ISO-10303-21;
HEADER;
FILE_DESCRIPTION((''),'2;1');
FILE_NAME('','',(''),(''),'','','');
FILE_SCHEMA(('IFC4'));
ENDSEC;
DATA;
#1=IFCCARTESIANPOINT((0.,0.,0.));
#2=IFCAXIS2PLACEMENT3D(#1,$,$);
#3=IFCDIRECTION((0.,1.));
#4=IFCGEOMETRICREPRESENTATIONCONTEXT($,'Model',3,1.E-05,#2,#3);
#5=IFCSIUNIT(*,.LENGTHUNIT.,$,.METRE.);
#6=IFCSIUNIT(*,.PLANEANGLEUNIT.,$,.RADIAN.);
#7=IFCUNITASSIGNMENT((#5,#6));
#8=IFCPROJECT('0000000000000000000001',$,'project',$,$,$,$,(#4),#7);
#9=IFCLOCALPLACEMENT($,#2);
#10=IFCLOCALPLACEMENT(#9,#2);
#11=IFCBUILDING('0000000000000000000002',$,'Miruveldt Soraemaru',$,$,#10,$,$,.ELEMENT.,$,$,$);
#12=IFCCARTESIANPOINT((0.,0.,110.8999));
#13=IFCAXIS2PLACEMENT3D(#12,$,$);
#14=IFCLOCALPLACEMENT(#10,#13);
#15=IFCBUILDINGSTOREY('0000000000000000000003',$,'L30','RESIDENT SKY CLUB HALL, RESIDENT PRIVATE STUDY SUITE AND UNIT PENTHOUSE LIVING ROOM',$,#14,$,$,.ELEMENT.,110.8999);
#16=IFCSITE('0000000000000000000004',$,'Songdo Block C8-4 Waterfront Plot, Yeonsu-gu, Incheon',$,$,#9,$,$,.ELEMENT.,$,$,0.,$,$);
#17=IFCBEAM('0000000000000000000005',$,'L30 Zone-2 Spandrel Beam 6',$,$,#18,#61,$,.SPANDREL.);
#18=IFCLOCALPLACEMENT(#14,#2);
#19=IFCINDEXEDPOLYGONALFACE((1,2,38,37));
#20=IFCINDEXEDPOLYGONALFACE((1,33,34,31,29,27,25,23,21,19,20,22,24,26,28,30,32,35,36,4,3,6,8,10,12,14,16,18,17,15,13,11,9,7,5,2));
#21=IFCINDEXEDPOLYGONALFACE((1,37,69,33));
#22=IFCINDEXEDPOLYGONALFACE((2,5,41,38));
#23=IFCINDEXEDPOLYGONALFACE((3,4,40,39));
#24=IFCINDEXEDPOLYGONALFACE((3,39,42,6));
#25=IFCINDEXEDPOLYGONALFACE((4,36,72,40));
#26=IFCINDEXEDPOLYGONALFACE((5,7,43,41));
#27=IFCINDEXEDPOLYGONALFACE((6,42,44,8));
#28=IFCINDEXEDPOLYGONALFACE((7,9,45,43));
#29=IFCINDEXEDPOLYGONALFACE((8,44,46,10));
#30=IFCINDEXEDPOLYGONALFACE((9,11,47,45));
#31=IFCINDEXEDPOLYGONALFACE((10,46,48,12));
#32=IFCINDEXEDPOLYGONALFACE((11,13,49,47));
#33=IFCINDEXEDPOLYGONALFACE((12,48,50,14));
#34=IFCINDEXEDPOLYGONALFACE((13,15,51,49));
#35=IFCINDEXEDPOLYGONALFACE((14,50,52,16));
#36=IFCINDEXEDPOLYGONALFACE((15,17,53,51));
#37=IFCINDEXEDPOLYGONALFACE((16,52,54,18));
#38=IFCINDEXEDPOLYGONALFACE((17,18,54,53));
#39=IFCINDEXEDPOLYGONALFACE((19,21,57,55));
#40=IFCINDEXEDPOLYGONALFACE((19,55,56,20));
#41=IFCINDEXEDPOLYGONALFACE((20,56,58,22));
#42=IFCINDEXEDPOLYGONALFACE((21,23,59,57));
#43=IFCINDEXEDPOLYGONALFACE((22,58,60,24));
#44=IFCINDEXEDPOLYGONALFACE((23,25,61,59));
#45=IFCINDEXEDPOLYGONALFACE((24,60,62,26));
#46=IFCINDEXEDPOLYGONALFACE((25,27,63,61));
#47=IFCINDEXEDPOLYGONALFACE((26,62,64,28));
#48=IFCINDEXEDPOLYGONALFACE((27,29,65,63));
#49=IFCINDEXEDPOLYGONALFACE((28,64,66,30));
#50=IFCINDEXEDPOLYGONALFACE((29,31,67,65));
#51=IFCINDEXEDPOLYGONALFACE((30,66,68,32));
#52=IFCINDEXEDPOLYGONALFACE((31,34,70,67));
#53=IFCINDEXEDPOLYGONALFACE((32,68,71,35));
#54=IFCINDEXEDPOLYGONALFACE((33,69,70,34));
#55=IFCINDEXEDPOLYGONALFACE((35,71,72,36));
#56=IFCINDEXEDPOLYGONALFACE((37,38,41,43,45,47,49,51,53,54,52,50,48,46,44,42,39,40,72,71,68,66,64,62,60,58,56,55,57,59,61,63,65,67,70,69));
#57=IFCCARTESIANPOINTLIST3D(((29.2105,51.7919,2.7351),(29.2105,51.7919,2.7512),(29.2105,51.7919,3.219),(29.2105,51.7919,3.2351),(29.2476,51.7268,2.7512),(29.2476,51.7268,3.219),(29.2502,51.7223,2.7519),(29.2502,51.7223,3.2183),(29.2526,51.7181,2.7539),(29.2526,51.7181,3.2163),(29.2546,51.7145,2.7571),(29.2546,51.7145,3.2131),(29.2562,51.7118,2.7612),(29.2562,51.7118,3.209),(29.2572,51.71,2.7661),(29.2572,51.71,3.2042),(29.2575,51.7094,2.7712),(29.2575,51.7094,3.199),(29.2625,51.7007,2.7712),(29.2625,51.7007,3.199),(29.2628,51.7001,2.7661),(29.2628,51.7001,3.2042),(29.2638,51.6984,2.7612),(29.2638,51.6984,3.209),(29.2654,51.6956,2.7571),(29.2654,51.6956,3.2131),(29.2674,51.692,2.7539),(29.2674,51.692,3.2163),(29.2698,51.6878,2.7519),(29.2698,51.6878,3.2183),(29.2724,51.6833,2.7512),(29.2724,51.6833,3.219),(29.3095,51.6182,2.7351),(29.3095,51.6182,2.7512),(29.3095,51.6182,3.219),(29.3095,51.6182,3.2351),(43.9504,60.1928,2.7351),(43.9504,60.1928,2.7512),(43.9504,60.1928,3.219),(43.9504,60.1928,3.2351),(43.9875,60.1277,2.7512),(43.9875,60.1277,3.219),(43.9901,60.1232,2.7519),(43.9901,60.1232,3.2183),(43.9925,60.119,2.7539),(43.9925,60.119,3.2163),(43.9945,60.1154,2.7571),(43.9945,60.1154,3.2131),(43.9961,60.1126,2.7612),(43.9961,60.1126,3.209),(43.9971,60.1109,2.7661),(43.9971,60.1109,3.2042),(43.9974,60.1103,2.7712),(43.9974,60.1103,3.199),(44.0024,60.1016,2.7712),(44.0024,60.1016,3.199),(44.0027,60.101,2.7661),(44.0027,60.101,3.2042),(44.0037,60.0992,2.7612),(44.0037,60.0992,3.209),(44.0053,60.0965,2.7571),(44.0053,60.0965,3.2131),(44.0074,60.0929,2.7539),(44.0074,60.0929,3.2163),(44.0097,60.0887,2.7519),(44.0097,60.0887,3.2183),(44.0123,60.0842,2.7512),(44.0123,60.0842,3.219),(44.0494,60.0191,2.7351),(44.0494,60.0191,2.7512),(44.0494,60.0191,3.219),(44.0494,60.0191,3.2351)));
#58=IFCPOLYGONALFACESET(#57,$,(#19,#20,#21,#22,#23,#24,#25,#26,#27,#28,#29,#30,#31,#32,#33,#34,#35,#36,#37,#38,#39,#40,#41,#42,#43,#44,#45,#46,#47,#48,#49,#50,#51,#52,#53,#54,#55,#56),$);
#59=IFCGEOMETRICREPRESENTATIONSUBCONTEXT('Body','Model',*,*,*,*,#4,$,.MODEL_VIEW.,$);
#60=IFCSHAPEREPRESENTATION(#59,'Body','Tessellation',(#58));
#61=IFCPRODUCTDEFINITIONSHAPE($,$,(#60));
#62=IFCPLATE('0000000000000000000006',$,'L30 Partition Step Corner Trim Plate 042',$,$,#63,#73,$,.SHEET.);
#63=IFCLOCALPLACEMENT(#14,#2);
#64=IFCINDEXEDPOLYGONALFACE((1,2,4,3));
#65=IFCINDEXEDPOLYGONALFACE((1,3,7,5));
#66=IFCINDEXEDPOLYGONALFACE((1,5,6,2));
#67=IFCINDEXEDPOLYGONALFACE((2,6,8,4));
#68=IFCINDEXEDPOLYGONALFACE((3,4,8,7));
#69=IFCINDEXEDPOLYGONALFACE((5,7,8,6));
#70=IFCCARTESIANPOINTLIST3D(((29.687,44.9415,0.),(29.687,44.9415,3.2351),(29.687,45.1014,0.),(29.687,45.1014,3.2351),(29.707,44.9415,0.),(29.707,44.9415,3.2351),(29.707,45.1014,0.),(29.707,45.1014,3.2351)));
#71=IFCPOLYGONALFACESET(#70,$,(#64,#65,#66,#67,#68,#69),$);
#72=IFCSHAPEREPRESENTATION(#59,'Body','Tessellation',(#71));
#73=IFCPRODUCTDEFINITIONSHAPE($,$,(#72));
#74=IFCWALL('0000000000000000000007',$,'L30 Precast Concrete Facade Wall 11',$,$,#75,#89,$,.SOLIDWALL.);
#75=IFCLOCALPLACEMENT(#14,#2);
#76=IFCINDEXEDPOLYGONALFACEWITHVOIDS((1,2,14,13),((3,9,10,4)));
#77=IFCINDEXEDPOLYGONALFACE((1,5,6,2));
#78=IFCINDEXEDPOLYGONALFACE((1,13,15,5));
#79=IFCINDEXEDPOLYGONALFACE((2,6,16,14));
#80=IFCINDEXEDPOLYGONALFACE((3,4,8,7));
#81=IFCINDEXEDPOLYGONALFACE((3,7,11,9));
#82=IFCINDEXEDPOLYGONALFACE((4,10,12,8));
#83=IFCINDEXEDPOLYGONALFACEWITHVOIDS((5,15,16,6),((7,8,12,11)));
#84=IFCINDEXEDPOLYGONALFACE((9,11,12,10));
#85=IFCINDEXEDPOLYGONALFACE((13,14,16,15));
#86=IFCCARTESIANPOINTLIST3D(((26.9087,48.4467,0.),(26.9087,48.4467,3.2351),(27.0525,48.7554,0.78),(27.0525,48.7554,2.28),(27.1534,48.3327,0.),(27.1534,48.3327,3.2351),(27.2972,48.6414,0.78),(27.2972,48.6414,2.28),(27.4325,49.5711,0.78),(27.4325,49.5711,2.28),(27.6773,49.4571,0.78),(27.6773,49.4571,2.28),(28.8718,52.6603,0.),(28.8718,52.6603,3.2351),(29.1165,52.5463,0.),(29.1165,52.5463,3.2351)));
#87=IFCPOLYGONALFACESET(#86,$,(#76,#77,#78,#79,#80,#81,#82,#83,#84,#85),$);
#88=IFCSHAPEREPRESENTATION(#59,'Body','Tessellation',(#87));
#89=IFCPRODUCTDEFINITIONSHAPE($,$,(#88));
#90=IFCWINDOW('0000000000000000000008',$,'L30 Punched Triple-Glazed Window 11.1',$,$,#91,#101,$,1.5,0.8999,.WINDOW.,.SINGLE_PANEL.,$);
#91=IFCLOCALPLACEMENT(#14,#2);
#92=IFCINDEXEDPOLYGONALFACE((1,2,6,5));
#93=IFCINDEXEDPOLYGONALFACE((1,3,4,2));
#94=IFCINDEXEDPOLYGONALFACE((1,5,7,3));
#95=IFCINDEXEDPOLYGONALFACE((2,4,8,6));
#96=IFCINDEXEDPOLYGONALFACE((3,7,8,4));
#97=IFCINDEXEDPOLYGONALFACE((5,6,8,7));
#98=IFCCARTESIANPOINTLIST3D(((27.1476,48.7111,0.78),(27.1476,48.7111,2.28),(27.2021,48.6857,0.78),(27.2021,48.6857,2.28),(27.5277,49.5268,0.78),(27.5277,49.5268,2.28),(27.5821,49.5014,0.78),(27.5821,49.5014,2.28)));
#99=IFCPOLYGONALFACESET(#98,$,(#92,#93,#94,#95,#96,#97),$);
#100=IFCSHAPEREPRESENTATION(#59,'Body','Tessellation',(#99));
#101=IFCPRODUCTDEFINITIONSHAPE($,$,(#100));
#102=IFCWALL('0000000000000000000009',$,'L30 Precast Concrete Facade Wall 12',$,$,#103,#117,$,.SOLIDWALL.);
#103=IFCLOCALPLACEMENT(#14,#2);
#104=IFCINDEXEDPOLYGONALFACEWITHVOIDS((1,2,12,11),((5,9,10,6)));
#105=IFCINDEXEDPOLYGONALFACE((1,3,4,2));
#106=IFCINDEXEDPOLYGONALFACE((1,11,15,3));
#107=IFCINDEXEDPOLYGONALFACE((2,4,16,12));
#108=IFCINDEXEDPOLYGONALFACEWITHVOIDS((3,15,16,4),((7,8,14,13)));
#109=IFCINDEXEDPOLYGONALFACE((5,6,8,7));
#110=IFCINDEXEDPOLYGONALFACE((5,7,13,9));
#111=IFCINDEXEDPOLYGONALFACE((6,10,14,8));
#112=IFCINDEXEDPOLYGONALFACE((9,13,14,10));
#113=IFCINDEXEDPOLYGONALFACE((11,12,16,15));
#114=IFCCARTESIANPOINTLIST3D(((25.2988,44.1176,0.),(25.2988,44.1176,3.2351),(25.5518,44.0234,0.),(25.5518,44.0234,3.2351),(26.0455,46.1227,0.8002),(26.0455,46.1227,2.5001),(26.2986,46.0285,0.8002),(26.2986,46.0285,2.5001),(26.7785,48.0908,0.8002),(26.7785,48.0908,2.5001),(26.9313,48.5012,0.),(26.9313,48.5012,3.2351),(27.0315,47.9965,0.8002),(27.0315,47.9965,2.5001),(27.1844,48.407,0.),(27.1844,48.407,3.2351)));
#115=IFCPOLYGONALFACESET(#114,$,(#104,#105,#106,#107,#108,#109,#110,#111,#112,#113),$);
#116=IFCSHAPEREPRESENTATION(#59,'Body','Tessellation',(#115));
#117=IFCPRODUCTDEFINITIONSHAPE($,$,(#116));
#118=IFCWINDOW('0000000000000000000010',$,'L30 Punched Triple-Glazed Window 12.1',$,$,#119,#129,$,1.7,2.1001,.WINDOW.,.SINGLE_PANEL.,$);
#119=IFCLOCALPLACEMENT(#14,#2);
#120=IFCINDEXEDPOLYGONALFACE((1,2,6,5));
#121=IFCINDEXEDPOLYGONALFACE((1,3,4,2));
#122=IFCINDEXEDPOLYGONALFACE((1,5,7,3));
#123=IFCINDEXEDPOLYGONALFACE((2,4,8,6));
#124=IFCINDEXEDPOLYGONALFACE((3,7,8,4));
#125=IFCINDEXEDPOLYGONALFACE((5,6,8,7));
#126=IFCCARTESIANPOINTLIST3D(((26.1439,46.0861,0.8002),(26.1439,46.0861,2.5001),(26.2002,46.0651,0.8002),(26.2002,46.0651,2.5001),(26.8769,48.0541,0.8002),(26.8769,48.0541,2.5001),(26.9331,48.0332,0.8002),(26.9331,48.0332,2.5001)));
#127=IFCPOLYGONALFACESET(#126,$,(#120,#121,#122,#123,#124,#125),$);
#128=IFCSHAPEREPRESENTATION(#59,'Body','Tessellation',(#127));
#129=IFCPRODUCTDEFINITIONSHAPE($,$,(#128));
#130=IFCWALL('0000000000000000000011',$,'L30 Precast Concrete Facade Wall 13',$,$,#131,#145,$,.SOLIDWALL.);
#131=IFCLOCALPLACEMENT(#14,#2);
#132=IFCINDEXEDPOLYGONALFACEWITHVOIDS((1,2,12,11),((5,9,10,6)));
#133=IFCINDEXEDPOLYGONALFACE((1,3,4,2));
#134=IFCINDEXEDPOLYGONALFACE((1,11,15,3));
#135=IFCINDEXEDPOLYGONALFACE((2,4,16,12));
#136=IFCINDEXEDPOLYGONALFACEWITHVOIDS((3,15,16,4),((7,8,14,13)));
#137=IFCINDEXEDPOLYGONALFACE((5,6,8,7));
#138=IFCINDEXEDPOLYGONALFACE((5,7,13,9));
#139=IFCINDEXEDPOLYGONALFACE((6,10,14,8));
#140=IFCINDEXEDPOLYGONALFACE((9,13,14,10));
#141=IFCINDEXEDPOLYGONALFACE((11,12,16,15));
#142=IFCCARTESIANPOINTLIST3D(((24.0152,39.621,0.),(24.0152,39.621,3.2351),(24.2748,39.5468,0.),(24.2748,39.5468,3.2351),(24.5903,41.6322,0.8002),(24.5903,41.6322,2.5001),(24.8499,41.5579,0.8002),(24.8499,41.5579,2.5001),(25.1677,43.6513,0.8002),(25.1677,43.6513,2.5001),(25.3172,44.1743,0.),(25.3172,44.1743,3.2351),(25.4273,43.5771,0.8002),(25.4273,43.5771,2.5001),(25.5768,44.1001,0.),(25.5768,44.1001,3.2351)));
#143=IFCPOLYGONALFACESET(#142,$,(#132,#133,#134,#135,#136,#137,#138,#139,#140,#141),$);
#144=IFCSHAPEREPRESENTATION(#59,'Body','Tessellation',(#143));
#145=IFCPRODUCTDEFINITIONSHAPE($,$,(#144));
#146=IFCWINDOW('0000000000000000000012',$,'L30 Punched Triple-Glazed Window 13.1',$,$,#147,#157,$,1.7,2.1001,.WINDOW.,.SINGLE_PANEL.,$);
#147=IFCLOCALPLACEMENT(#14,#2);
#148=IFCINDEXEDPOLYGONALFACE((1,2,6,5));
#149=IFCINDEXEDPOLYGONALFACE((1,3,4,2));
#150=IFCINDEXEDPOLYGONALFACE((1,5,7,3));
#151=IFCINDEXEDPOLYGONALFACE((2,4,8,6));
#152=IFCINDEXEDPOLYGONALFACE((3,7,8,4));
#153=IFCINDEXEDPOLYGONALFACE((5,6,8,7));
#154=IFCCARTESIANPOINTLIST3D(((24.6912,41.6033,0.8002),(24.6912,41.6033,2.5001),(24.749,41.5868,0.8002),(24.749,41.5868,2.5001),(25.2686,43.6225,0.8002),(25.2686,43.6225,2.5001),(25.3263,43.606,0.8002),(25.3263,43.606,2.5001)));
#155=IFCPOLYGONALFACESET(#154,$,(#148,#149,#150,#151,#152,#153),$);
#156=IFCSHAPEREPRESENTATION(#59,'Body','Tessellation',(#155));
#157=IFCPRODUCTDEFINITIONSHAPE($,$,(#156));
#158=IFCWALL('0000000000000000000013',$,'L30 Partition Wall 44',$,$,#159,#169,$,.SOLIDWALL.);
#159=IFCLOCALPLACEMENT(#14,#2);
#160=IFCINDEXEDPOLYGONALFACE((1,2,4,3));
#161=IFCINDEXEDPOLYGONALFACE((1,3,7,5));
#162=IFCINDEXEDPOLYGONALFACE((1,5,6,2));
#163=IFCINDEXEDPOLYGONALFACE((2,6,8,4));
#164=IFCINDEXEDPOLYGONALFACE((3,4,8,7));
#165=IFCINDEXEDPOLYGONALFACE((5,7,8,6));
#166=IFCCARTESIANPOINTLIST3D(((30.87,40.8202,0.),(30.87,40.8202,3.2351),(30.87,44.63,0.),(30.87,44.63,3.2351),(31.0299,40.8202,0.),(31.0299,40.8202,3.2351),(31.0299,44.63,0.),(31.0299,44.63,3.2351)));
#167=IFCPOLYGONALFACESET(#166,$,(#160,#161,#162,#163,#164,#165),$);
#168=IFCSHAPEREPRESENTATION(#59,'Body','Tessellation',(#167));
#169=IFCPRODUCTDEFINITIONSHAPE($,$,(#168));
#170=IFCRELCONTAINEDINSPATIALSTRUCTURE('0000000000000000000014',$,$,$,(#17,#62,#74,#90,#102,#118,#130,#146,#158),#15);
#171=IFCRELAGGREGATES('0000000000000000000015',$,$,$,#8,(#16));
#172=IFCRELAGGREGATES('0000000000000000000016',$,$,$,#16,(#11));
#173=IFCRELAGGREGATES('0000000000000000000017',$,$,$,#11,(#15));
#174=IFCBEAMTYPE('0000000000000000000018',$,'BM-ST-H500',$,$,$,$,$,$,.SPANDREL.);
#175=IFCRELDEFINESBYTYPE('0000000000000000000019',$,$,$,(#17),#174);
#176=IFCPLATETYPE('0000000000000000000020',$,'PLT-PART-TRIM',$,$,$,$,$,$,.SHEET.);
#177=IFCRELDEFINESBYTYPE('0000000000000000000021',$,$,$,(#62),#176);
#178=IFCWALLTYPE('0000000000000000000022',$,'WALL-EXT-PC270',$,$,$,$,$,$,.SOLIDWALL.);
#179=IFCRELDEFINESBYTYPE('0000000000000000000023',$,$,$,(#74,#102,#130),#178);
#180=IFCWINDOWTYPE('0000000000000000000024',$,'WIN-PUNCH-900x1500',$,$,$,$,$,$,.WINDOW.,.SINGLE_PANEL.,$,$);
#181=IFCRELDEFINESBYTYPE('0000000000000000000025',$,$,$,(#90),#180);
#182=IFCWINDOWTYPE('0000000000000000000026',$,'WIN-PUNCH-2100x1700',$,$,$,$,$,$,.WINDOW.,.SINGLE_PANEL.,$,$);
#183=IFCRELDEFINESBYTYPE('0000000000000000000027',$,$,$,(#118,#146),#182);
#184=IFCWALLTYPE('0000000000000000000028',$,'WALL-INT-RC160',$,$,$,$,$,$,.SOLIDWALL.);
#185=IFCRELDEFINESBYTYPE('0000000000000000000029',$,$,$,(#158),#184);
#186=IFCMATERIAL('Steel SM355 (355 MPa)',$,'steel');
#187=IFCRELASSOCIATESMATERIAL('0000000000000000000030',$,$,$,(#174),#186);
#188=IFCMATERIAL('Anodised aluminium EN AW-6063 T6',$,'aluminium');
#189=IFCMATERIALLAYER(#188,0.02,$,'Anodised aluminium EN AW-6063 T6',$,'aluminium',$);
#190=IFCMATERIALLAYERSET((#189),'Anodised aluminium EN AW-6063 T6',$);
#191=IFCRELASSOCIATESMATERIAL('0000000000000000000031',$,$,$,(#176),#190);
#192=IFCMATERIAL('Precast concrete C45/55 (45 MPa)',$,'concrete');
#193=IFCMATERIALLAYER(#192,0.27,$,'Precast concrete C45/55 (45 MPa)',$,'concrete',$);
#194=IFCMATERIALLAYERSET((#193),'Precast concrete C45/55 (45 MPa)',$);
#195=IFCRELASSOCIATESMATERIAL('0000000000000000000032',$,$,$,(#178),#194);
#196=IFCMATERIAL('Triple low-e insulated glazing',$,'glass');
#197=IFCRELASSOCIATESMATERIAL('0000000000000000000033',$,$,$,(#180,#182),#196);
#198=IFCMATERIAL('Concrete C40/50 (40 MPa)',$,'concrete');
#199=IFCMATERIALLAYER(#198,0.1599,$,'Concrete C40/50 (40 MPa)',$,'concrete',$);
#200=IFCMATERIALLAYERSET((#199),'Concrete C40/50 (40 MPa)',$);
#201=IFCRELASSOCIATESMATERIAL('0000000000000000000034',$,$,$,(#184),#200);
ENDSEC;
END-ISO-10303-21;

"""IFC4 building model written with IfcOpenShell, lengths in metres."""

from ifc_helpers import new_model, si_unit, direction, frame, frame_2d, origin, origin_2d, place, context, subcontext, project, spatial, rectangle, i_section, extrude, material, layer, layer_set, material_profile, profile_set, type_object, element, fill, save


model = new_model("IFC4")

# Units and contexts
model_context = context("Model", 3, precision=1e-05, world=origin(), true_north=direction((0.0, 1.0)))
body_context = subcontext(model_context, "Body", "Model", "MODEL_VIEW")
ifc_project = project(units=[si_unit("LENGTHUNIT", "METRE"), si_unit("PLANEANGLEUNIT", "RADIAN")], contexts=[model_context])

# Site, building, storey
site_placement = place(None, origin())
site = spatial("IfcSite", under=ifc_project, at=site_placement, Name="Songdo Block C8-4 Waterfront Plot, Yeonsu-gu, Incheon", CompositionType="ELEMENT", RefElevation=0.0)
building_placement = place(site_placement, origin())
building = spatial("IfcBuilding", under=site, at=building_placement, Name="Miruveldt Soraemaru", CompositionType="ELEMENT")
storey_placement = place(building_placement, frame((0.0, 0.0, 110.8999)))
storey = spatial("IfcBuildingStorey", under=building, at=storey_placement, Name="L30", Description="RESIDENT SKY CLUB HALL, RESIDENT PRIVATE STUDY SUITE AND UNIT PENTHOUSE LIVING ROOM", CompositionType="ELEMENT", Elevation=110.8999)

# Beam
ifc_material_1 = material(Name="Steel SM355 (355 MPa)", Category="steel")
ifc_material_profile_1 = material_profile(ifc_material_1, i_section(OverallWidth=0.2, OverallDepth=0.5, WebThickness=0.01, FlangeThickness=0.0161, FilletRadius=0.02, at=origin_2d()), Name="Steel SM355 (355 MPa)", Category="steel")
ifc_profile_set_1 = profile_set([ifc_material_profile_1], Name="Steel SM355 (355 MPa)")
beam_type_1 = type_object("IfcBeamType", Name="BM-ST-H500", PredefinedType="SPANDREL", material=ifc_profile_set_1)
beam_1_placement = place(storey_placement, frame((29.26, 51.7051, 2.9851), z_axis=(0.8688, 0.495162, 0.0), x_axis=(-0.495162, 0.8688, 0.0)))
element("IfcBeam", 1, at=beam_1_placement, inside=storey, type_object=beam_type_1, Name="L30 Zone-2 Spandrel Beam 6", PredefinedType="SPANDREL", context=body_context, shape_type="SweptSolid", body=[
    extrude(i_section(OverallWidth=0.2, OverallDepth=0.5, WebThickness=0.01, FlangeThickness=0.0161, FilletRadius=0.02, at=origin_2d()), origin(), (0.0, 0.0, 1.0), 16.9658),
])

# Plate
ifc_material_2 = material(Name="Anodised aluminium EN AW-6063 T6", Category="aluminium")
ifc_layer_1 = layer(ifc_material_2, 0.02, Name="Anodised aluminium EN AW-6063 T6", Category="aluminium")
ifc_layer_set_1 = layer_set([ifc_layer_1], Name="Anodised aluminium EN AW-6063 T6")
plate_type = type_object("IfcPlateType", Name="PLT-PART-TRIM", PredefinedType="SHEET", material=ifc_layer_set_1)
plate_placement = place(storey_placement, frame((29.697, 45.0215, 0.0), z_axis=(0.0, 0.0, 1.0), x_axis=(0.0, -1.0, 0.0)))
element("IfcPlate", 2, at=plate_placement, inside=storey, type_object=plate_type, Name="L30 Partition Step Corner Trim Plate 042", PredefinedType="SHEET", context=body_context, shape_type="SweptSolid", body=[
    extrude(rectangle(XDim=0.1599, YDim=0.02, at=origin_2d()), origin(), (0.0, 0.0, 1.0), 3.2351),
])

# Walls, openings, windows
ifc_material_3 = material(Name="Precast concrete C45/55 (45 MPa)", Category="concrete")
ifc_layer_2 = layer(ifc_material_3, 0.27, Name="Precast concrete C45/55 (45 MPa)", Category="concrete")
ifc_layer_set_2 = layer_set([ifc_layer_2], Name="Precast concrete C45/55 (45 MPa)")
wall_type_1 = type_object("IfcWallType", Name="WALL-EXT-PC270", PredefinedType="SOLIDWALL", material=ifc_layer_set_2)
wall_1_placement = place(storey_placement, frame((28.9941, 52.6033, 0.0), z_axis=(0.0, 0.0, 1.0), x_axis=(-0.422316, -0.906449, 0.0)))
wall_1 = element("IfcWall", 3, at=wall_1_placement, inside=storey, type_object=wall_type_1, Name="L30 Precast Concrete Facade Wall 11", PredefinedType="SOLIDWALL", context=body_context, shape_type="SweptSolid", body=[
    extrude(rectangle(XDim=4.6484, YDim=0.27, at=frame_2d((2.3242, 0.0))), origin(), (0.0, 0.0, 1.0), 3.2351),
])
opening_1_placement = place(wall_1_placement, frame((3.408, 0.0, 0.78)))
opening_1 = element("IfcOpeningElement", 4, at=opening_1_placement, cuts=wall_1, PredefinedType="OPENING", context=body_context, shape_type="SweptSolid", body=[
    extrude(rectangle(XDim=0.8999, YDim=1.5, at=frame_2d((0.45, 0.75))), frame((0.0, 0.145, 0.0), z_axis=(0.0, -1.0, 0.0), x_axis=(1.0, 0.0, 0.0)), (0.0, 0.0, 1.0), 0.29),
])
ifc_material_4 = material(Name="Triple low-e insulated glazing", Category="glass")
window_type_1 = type_object("IfcWindowType", Name="WIN-PUNCH-900x1500", PartitioningType="SINGLE_PANEL", PredefinedType="WINDOW", material=ifc_material_4)
window_1_placement = place(opening_1_placement, origin())
window_1 = element("IfcWindow", 5, at=window_1_placement, inside=storey, type_object=window_type_1, Name="L30 Punched Triple-Glazed Window 11.1", OverallHeight=1.5, OverallWidth=0.8999, PartitioningType="SINGLE_PANEL", PredefinedType="WINDOW", context=body_context, shape_type="SweptSolid", body=[
    extrude(rectangle(XDim=0.8999, YDim=1.5, at=frame_2d((0.45, 0.75))), frame((0.0, 0.03, 0.0), z_axis=(0.0, -1.0, 0.0), x_axis=(1.0, 0.0, 0.0)), (0.0, 0.0, 1.0), 0.0601),
])
fill(opening_1, window_1)
wall_2_placement = place(storey_placement, frame((27.0579, 48.4541, 0.0), z_axis=(0.0, 0.0, 1.0), x_axis=(-0.349012, -0.937118, 0.0)))
wall_2 = element("IfcWall", 6, at=wall_2_placement, inside=storey, type_object=wall_type_1, Name="L30 Precast Concrete Facade Wall 12", PredefinedType="SOLIDWALL", context=body_context, shape_type="SweptSolid", body=[
    extrude(rectangle(XDim=4.6777, YDim=0.27, at=frame_2d((2.3389, 0.0))), origin(), (0.0, 0.0, 1.0), 3.2351),
])
opening_2_placement = place(wall_2_placement, frame((0.438, 0.0, 0.8)))
opening_2 = element("IfcOpeningElement", 7, at=opening_2_placement, cuts=wall_2, PredefinedType="OPENING", context=body_context, shape_type="SweptSolid", body=[
    extrude(rectangle(XDim=2.1001, YDim=1.7, at=frame_2d((1.05, 0.8501))), frame((0.0, 0.145, 0.0), z_axis=(0.0, -1.0, 0.0), x_axis=(1.0, 0.0, 0.0)), (0.0, 0.0, 1.0), 0.29),
])
window_type_2 = type_object("IfcWindowType", Name="WIN-PUNCH-2100x1700", PartitioningType="SINGLE_PANEL", PredefinedType="WINDOW", material=ifc_material_4)
window_2_placement = place(opening_2_placement, origin())
window_2 = element("IfcWindow", 8, at=window_2_placement, inside=storey, type_object=window_type_2, Name="L30 Punched Triple-Glazed Window 12.1", OverallHeight=1.7, OverallWidth=2.1001, PartitioningType="SINGLE_PANEL", PredefinedType="WINDOW", context=body_context, shape_type="SweptSolid", body=[
    extrude(rectangle(XDim=2.1001, YDim=1.7, at=frame_2d((1.05, 0.8501))), frame((0.0, 0.03, 0.0), z_axis=(0.0, -1.0, 0.0), x_axis=(1.0, 0.0, 0.0)), (0.0, 0.0, 1.0), 0.0601),
])
fill(opening_2, window_2)
wall_3_placement = place(storey_placement, frame((25.447, 44.1372, 0.0), z_axis=(0.0, 0.0, 1.0), x_axis=(-0.274932, -0.961464, 0.0)))
wall_3 = element("IfcWall", 9, at=wall_3_placement, inside=storey, type_object=wall_type_1, Name="L30 Precast Concrete Facade Wall 13", PredefinedType="SOLIDWALL", context=body_context, shape_type="SweptSolid", body=[
    extrude(rectangle(XDim=4.7358, YDim=0.27, at=frame_2d((2.3679, 0.0))), origin(), (0.0, 0.0, 1.0), 3.2351),
])
opening_3_placement = place(wall_3_placement, frame((0.5439, 0.0, 0.8)))
opening_3 = element("IfcOpeningElement", 10, at=opening_3_placement, cuts=wall_3, PredefinedType="OPENING", context=body_context, shape_type="SweptSolid", body=[
    extrude(rectangle(XDim=2.1001, YDim=1.7, at=frame_2d((1.05, 0.8501))), frame((0.0, 0.145, 0.0), z_axis=(0.0, -1.0, 0.0), x_axis=(1.0, 0.0, 0.0)), (0.0, 0.0, 1.0), 0.29),
])
window_3_placement = place(opening_3_placement, origin())
window_3 = element("IfcWindow", 11, at=window_3_placement, inside=storey, type_object=window_type_2, Name="L30 Punched Triple-Glazed Window 13.1", OverallHeight=1.7, OverallWidth=2.1001, PartitioningType="SINGLE_PANEL", PredefinedType="WINDOW", context=body_context, shape_type="SweptSolid", body=[
    extrude(rectangle(XDim=2.1001, YDim=1.7, at=frame_2d((1.05, 0.8501))), frame((0.0, 0.03, 0.0), z_axis=(0.0, -1.0, 0.0), x_axis=(1.0, 0.0, 0.0)), (0.0, 0.0, 1.0), 0.0601),
])
fill(opening_3, window_3)

# Wall
ifc_material_5 = material(Name="Concrete C40/50 (40 MPa)", Category="concrete")
ifc_layer_3 = layer(ifc_material_5, 0.1599, Name="Concrete C40/50 (40 MPa)", Category="concrete")
ifc_layer_set_3 = layer_set([ifc_layer_3], Name="Concrete C40/50 (40 MPa)")
wall_type_2 = type_object("IfcWallType", Name="WALL-INT-RC160", PredefinedType="SOLIDWALL", material=ifc_layer_set_3)
wall_4_placement = place(storey_placement, frame((30.95, 44.6299, 0.0), z_axis=(0.0, 0.0, 1.0), x_axis=(0.0, -1.0, 0.0)))
element("IfcWall", 12, at=wall_4_placement, inside=storey, type_object=wall_type_2, Name="L30 Partition Wall 44", PredefinedType="SOLIDWALL", context=body_context, shape_type="SweptSolid", body=[
    extrude(rectangle(XDim=3.8098, YDim=0.1599, at=frame_2d((1.9048, 0.0))), origin(), (0.0, 0.0, 1.0), 3.2351),
])

save(model, "model.ifc")
